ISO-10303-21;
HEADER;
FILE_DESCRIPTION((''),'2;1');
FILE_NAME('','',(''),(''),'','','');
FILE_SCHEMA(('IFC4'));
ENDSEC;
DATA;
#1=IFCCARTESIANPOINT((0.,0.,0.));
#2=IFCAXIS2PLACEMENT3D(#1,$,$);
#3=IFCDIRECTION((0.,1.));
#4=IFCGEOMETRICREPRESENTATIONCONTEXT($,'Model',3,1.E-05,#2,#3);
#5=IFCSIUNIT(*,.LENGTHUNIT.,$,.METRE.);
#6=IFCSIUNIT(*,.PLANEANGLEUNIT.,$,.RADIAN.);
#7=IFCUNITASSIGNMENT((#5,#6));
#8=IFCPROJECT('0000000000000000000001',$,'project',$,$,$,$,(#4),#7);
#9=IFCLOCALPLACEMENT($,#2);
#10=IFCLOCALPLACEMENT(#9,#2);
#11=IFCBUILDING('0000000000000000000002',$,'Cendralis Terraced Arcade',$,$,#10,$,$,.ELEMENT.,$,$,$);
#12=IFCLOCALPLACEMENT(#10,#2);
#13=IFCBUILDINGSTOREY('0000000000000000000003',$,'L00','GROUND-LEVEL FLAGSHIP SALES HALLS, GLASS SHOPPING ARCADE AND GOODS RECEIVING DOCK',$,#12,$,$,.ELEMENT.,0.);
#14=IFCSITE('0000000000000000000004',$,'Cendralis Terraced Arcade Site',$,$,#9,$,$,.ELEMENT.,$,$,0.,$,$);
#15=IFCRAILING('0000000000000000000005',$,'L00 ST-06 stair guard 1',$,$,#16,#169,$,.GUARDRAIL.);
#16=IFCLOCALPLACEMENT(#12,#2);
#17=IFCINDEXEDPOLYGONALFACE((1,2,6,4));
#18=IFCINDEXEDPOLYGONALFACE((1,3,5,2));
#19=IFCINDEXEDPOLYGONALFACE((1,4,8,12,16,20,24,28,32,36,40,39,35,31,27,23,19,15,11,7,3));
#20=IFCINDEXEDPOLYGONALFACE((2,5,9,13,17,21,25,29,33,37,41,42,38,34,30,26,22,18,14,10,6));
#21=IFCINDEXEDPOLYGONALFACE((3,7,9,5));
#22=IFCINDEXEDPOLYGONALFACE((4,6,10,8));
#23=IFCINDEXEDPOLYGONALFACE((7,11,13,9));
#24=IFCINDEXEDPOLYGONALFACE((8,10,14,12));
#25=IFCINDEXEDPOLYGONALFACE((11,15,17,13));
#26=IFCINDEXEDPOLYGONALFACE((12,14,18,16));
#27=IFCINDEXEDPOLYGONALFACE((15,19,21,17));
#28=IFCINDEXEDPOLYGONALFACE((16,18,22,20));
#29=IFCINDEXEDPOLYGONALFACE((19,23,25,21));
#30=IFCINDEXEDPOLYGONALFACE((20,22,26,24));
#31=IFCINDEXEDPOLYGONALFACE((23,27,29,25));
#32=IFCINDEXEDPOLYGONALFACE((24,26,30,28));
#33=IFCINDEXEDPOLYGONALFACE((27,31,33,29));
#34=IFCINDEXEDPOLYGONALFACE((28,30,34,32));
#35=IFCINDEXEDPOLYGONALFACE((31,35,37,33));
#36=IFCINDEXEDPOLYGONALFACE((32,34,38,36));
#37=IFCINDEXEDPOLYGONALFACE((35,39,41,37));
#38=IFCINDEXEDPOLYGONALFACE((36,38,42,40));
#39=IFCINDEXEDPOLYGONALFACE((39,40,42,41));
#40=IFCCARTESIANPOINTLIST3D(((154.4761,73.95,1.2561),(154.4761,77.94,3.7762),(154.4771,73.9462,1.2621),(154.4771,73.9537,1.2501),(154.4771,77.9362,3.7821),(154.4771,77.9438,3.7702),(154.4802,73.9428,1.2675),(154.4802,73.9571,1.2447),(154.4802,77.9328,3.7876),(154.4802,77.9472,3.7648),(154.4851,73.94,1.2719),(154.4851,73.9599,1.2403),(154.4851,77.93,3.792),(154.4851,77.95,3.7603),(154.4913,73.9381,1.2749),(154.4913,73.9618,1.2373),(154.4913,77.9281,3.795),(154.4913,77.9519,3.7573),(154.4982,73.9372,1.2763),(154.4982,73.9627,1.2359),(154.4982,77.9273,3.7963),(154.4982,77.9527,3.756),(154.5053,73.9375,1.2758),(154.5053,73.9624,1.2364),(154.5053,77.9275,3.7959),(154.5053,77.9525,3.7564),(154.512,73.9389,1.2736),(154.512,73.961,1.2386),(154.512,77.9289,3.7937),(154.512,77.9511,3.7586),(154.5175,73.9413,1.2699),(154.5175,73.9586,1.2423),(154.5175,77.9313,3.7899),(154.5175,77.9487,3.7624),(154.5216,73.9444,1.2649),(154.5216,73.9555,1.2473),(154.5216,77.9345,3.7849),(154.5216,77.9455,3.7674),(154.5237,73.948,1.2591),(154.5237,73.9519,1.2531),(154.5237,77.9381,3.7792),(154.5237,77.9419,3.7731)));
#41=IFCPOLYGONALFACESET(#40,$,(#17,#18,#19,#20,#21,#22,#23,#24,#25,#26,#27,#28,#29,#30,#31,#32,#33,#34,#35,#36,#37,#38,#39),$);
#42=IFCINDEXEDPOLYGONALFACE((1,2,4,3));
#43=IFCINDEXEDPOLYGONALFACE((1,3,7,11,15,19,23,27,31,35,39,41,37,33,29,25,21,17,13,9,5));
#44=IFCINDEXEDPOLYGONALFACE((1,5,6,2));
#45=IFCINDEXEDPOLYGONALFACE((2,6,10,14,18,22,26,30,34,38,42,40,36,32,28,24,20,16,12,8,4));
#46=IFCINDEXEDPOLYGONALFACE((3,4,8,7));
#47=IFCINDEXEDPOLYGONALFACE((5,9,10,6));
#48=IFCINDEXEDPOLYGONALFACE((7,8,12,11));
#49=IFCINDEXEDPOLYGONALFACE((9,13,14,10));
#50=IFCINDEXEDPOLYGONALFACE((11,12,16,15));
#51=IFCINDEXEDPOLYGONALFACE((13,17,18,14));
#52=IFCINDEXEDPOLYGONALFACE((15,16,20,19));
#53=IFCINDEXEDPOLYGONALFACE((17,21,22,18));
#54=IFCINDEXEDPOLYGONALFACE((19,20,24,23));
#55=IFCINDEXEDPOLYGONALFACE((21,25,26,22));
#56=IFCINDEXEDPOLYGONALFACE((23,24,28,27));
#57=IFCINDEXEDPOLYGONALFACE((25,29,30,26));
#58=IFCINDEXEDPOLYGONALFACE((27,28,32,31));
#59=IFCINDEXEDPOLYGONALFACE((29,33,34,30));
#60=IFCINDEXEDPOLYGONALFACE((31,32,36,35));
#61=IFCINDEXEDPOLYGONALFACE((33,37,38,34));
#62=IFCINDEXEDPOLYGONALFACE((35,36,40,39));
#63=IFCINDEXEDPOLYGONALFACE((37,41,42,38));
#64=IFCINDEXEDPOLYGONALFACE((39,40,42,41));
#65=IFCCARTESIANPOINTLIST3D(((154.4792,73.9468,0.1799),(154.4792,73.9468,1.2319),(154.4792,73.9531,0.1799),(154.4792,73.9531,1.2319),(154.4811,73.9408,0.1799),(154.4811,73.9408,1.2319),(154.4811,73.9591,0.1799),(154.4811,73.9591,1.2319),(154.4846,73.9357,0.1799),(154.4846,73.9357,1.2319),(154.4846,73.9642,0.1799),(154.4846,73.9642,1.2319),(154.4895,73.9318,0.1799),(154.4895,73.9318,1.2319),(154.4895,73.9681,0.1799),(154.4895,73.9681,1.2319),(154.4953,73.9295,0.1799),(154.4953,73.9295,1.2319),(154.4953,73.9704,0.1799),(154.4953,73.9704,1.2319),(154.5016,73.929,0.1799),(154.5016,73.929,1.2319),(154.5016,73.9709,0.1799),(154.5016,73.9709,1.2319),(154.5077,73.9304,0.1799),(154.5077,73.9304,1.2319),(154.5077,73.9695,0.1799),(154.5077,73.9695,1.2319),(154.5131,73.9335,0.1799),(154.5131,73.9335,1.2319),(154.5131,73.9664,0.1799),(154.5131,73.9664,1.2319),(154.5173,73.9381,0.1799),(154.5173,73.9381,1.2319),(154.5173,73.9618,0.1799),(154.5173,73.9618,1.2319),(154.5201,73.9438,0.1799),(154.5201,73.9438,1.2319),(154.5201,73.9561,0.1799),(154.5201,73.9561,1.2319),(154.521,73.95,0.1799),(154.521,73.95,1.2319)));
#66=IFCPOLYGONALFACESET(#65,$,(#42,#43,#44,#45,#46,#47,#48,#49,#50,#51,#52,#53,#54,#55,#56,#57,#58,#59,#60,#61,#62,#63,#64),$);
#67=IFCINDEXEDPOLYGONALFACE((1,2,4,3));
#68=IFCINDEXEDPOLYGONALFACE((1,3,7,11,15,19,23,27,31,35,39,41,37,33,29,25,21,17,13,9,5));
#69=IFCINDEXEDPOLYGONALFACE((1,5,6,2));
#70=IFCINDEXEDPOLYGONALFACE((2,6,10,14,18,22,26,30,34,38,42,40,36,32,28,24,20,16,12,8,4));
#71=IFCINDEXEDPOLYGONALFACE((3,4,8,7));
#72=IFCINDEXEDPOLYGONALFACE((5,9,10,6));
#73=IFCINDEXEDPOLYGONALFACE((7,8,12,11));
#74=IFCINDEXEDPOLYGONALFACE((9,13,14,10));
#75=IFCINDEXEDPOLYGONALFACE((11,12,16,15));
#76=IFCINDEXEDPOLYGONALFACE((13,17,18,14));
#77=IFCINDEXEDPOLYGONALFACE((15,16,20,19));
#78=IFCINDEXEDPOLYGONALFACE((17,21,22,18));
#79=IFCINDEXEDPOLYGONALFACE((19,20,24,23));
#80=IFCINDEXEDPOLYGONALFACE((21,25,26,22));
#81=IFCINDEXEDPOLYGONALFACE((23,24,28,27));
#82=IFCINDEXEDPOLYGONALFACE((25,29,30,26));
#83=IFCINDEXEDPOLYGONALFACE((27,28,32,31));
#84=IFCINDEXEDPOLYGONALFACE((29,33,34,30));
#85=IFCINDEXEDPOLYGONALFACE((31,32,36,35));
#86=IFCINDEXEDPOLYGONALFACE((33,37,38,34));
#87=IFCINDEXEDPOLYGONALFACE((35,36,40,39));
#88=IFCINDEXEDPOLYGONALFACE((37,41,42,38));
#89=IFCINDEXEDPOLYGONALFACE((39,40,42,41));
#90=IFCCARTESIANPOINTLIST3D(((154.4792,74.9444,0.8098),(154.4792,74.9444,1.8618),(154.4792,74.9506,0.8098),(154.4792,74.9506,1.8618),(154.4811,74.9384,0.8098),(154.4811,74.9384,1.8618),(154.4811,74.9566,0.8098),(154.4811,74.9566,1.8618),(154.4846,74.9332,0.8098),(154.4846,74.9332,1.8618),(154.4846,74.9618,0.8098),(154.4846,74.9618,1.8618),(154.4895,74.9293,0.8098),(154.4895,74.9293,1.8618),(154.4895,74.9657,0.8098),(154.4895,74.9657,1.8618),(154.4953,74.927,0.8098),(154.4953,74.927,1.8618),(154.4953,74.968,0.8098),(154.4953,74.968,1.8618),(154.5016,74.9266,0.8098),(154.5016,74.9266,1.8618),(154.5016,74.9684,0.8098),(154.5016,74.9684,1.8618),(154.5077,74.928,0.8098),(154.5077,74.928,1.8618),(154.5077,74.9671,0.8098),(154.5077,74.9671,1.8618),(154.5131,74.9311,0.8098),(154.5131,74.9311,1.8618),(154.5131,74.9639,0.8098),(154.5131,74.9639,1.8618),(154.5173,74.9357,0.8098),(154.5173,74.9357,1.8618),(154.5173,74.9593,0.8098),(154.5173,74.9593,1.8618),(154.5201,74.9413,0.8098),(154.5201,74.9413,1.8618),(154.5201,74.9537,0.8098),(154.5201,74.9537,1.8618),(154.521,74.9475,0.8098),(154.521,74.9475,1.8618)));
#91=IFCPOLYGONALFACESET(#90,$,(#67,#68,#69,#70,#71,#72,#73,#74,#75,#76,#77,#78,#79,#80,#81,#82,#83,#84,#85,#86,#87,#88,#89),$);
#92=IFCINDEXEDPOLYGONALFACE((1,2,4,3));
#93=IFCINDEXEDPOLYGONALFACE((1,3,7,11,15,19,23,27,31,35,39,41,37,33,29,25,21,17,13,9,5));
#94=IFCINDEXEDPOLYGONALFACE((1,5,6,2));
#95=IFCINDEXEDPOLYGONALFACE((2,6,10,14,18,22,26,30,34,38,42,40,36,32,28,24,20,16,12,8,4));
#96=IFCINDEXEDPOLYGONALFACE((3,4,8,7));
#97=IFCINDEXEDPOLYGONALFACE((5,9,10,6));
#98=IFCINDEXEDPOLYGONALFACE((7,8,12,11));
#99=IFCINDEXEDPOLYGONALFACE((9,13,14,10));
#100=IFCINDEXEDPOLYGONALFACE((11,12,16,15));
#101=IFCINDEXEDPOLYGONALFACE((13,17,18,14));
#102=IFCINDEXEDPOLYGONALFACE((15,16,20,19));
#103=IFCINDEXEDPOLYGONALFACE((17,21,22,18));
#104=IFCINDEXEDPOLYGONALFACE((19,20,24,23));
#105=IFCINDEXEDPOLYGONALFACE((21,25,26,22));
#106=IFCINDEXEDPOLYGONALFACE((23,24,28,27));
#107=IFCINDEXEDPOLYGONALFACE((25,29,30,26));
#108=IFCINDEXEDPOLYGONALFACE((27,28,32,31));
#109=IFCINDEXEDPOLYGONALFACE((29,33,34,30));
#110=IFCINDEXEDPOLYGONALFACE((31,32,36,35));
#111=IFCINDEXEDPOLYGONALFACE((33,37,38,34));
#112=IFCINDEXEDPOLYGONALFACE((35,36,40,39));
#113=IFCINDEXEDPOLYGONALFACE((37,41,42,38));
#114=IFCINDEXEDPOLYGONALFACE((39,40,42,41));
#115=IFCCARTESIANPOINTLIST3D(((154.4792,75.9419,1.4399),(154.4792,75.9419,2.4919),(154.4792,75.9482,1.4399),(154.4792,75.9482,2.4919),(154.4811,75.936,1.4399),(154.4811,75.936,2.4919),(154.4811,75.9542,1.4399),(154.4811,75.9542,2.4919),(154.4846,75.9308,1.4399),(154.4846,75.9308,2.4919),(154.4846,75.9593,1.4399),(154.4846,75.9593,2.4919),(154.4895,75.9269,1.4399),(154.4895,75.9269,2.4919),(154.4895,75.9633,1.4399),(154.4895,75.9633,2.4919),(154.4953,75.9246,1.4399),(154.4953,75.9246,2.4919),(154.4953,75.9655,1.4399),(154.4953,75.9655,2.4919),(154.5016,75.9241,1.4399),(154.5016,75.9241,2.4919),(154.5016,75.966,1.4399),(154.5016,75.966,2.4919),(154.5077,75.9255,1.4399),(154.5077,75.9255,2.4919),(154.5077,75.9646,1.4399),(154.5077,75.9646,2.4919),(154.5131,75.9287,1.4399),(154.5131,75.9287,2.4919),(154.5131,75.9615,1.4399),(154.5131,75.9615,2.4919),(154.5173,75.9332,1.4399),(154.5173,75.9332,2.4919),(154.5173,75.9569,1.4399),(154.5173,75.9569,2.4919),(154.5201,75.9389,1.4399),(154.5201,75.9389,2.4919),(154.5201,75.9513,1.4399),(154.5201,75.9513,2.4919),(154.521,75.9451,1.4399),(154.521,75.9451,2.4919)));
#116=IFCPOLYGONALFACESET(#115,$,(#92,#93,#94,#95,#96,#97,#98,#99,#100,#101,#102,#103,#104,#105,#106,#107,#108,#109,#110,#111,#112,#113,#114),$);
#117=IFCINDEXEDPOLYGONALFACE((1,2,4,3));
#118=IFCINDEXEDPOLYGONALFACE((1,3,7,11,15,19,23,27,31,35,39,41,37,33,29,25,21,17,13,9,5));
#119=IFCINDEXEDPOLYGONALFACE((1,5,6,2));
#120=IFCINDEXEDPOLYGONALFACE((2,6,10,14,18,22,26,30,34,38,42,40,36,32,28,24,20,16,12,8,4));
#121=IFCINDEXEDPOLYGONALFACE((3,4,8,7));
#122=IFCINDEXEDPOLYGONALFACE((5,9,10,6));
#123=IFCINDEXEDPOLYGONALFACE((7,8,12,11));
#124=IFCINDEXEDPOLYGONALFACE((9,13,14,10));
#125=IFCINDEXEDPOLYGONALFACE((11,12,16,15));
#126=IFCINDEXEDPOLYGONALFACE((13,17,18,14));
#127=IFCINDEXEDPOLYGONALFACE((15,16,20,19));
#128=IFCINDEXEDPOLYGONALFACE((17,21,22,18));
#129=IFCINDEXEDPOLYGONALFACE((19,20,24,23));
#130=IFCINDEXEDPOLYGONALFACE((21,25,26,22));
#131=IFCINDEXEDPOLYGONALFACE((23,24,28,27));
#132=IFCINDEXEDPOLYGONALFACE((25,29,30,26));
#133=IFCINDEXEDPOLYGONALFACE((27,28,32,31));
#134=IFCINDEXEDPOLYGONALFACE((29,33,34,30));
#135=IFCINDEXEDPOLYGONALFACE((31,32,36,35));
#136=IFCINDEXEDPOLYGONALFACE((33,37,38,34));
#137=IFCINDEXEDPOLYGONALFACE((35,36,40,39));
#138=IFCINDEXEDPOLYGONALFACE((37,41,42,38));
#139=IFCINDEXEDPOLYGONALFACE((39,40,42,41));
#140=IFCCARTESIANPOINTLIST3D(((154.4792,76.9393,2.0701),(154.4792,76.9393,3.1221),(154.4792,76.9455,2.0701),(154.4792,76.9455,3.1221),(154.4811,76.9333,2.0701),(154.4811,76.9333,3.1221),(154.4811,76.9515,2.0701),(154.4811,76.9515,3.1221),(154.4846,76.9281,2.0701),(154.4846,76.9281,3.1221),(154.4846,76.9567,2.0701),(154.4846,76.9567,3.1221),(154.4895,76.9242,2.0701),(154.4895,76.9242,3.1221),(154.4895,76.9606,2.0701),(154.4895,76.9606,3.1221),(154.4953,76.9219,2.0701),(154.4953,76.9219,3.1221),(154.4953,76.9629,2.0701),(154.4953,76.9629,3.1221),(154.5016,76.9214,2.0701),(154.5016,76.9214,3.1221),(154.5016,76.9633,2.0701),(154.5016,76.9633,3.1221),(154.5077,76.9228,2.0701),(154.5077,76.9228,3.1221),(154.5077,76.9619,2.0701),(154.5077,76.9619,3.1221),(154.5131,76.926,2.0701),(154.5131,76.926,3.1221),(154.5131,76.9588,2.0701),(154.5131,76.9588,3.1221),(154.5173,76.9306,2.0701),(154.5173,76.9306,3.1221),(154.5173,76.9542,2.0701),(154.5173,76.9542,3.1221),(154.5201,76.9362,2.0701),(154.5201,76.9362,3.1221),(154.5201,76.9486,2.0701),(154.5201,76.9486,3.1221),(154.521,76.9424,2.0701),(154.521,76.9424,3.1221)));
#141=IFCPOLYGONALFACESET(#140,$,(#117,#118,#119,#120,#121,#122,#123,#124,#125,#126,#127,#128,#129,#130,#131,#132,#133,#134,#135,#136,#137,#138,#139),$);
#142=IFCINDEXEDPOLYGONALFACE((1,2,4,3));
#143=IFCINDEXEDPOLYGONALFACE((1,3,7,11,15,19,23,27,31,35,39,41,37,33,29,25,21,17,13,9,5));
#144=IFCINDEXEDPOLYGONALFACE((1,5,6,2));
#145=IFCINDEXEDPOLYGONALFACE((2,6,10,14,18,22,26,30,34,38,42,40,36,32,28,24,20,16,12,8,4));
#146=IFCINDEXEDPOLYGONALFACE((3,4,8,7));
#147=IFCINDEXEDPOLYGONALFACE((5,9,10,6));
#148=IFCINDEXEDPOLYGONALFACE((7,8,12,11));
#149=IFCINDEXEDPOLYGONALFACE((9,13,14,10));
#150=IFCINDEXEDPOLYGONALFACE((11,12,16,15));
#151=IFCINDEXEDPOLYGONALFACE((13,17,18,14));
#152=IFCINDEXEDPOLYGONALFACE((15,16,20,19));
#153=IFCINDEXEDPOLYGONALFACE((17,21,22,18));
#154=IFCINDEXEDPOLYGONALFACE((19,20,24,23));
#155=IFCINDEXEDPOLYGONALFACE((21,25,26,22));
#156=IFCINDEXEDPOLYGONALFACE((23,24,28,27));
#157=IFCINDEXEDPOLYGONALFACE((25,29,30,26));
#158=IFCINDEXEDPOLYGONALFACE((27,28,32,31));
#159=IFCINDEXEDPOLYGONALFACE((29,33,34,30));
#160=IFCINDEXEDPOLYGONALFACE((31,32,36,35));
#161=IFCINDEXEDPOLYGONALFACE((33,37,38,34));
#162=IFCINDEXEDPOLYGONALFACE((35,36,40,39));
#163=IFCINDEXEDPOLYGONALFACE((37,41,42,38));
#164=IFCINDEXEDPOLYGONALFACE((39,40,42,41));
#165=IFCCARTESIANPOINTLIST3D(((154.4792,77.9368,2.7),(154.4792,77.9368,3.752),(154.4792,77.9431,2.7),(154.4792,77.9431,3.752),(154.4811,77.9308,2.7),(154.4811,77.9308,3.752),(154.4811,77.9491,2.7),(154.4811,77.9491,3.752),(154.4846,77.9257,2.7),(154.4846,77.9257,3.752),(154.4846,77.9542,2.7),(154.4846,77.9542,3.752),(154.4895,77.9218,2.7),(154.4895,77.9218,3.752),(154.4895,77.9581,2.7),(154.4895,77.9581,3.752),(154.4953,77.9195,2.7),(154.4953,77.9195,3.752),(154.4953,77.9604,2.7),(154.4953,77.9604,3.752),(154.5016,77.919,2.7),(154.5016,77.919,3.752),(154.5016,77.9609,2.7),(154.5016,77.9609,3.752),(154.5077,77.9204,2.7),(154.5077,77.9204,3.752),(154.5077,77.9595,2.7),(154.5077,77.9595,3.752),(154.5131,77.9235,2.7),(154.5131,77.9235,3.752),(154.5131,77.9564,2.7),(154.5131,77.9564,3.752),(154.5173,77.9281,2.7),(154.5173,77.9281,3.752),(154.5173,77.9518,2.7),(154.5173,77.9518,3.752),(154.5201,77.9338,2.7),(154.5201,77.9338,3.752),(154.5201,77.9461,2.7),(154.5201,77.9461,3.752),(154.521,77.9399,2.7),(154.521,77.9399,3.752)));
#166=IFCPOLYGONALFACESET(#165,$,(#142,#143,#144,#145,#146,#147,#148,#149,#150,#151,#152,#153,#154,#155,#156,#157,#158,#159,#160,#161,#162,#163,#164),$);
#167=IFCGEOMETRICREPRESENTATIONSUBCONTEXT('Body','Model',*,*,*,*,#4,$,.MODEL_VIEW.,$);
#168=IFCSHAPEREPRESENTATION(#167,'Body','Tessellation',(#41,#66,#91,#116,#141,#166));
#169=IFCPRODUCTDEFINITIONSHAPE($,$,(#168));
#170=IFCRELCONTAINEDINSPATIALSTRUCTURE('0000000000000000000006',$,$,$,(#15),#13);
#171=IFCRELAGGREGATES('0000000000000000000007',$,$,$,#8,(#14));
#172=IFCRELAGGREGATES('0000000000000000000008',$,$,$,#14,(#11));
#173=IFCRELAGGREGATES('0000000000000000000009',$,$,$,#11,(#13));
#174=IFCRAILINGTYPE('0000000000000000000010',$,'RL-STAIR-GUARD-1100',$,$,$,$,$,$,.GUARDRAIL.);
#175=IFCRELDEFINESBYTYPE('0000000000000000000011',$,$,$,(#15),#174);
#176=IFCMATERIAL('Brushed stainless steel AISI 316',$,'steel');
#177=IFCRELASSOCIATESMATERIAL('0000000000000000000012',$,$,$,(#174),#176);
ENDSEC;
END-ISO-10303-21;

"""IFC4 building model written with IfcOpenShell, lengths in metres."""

from ifc_helpers import new_model, si_unit, direction, frame, origin, origin_2d, place, context, subcontext, project, spatial, circle, extrude, material, type_object, element, save


model = new_model("IFC4")

# Units and contexts
model_context = context("Model", 3, precision=1e-05, world=origin(), true_north=direction((0.0, 1.0)))
body_context = subcontext(model_context, "Body", "Model", "MODEL_VIEW")
ifc_project = project(units=[si_unit("LENGTHUNIT", "METRE"), si_unit("PLANEANGLEUNIT", "RADIAN")], contexts=[model_context])

# Site, building, storey
site_placement = place(None, origin())
site = spatial("IfcSite", under=ifc_project, at=site_placement, Name="Cendralis Terraced Arcade Site", CompositionType="ELEMENT", RefElevation=0.0)
building_placement = place(site_placement, origin())
building = spatial("IfcBuilding", under=site, at=building_placement, Name="Cendralis Terraced Arcade", CompositionType="ELEMENT")
storey_placement = place(building_placement, origin())
storey = spatial("IfcBuildingStorey", under=building, at=storey_placement, Name="L00", Description="GROUND-LEVEL FLAGSHIP SALES HALLS, GLASS SHOPPING ARCADE AND GOODS RECEIVING DOCK", CompositionType="ELEMENT", Elevation=0.0)

# Railing
ifc_material_1 = material(Name="Brushed stainless steel AISI 316", Category="steel")
railing_type_1 = type_object("IfcRailingType", Name="RL-STAIR-GUARD-1100", PredefinedType="GUARDRAIL", material=ifc_material_1)
railing_1_placement = place(storey_placement, frame((154.5, 73.95, 0.1799)))
element("IfcRailing", 1, at=railing_1_placement, inside=storey, type_object=railing_type_1, Name="L00 ST-06 stair guard 1", PredefinedType="GUARDRAIL", context=body_context, shape_type="SweptSolid", body=[
    extrude(circle(Radius=0.0239, at=origin_2d()), frame((0.0, 0.0, 1.0762), z_axis=(0.0, 0.845486, 0.533997), x_axis=(-1.0, 0.0, 0.0)), (0.0, 0.0, 1.0), 4.7192),
    extrude(circle(Radius=0.021, at=origin_2d()), origin(), (0.0, 0.0, 1.0), 1.052),
    extrude(circle(Radius=0.021, at=origin_2d()), frame((0.0, 0.9976, 0.6299)), (0.0, 0.0, 1.0), 1.052),
    extrude(circle(Radius=0.021, at=origin_2d()), frame((0.0, 1.9951, 1.26)), (0.0, 0.0, 1.0), 1.052),
    extrude(circle(Radius=0.021, at=origin_2d()), frame((0.0, 2.9924, 1.8901)), (0.0, 0.0, 1.0), 1.052),
    extrude(circle(Radius=0.021, at=origin_2d()), frame((0.0, 3.99, 2.52)), (0.0, 0.0, 1.0), 1.052),
])

save(model, "model.ifc")
